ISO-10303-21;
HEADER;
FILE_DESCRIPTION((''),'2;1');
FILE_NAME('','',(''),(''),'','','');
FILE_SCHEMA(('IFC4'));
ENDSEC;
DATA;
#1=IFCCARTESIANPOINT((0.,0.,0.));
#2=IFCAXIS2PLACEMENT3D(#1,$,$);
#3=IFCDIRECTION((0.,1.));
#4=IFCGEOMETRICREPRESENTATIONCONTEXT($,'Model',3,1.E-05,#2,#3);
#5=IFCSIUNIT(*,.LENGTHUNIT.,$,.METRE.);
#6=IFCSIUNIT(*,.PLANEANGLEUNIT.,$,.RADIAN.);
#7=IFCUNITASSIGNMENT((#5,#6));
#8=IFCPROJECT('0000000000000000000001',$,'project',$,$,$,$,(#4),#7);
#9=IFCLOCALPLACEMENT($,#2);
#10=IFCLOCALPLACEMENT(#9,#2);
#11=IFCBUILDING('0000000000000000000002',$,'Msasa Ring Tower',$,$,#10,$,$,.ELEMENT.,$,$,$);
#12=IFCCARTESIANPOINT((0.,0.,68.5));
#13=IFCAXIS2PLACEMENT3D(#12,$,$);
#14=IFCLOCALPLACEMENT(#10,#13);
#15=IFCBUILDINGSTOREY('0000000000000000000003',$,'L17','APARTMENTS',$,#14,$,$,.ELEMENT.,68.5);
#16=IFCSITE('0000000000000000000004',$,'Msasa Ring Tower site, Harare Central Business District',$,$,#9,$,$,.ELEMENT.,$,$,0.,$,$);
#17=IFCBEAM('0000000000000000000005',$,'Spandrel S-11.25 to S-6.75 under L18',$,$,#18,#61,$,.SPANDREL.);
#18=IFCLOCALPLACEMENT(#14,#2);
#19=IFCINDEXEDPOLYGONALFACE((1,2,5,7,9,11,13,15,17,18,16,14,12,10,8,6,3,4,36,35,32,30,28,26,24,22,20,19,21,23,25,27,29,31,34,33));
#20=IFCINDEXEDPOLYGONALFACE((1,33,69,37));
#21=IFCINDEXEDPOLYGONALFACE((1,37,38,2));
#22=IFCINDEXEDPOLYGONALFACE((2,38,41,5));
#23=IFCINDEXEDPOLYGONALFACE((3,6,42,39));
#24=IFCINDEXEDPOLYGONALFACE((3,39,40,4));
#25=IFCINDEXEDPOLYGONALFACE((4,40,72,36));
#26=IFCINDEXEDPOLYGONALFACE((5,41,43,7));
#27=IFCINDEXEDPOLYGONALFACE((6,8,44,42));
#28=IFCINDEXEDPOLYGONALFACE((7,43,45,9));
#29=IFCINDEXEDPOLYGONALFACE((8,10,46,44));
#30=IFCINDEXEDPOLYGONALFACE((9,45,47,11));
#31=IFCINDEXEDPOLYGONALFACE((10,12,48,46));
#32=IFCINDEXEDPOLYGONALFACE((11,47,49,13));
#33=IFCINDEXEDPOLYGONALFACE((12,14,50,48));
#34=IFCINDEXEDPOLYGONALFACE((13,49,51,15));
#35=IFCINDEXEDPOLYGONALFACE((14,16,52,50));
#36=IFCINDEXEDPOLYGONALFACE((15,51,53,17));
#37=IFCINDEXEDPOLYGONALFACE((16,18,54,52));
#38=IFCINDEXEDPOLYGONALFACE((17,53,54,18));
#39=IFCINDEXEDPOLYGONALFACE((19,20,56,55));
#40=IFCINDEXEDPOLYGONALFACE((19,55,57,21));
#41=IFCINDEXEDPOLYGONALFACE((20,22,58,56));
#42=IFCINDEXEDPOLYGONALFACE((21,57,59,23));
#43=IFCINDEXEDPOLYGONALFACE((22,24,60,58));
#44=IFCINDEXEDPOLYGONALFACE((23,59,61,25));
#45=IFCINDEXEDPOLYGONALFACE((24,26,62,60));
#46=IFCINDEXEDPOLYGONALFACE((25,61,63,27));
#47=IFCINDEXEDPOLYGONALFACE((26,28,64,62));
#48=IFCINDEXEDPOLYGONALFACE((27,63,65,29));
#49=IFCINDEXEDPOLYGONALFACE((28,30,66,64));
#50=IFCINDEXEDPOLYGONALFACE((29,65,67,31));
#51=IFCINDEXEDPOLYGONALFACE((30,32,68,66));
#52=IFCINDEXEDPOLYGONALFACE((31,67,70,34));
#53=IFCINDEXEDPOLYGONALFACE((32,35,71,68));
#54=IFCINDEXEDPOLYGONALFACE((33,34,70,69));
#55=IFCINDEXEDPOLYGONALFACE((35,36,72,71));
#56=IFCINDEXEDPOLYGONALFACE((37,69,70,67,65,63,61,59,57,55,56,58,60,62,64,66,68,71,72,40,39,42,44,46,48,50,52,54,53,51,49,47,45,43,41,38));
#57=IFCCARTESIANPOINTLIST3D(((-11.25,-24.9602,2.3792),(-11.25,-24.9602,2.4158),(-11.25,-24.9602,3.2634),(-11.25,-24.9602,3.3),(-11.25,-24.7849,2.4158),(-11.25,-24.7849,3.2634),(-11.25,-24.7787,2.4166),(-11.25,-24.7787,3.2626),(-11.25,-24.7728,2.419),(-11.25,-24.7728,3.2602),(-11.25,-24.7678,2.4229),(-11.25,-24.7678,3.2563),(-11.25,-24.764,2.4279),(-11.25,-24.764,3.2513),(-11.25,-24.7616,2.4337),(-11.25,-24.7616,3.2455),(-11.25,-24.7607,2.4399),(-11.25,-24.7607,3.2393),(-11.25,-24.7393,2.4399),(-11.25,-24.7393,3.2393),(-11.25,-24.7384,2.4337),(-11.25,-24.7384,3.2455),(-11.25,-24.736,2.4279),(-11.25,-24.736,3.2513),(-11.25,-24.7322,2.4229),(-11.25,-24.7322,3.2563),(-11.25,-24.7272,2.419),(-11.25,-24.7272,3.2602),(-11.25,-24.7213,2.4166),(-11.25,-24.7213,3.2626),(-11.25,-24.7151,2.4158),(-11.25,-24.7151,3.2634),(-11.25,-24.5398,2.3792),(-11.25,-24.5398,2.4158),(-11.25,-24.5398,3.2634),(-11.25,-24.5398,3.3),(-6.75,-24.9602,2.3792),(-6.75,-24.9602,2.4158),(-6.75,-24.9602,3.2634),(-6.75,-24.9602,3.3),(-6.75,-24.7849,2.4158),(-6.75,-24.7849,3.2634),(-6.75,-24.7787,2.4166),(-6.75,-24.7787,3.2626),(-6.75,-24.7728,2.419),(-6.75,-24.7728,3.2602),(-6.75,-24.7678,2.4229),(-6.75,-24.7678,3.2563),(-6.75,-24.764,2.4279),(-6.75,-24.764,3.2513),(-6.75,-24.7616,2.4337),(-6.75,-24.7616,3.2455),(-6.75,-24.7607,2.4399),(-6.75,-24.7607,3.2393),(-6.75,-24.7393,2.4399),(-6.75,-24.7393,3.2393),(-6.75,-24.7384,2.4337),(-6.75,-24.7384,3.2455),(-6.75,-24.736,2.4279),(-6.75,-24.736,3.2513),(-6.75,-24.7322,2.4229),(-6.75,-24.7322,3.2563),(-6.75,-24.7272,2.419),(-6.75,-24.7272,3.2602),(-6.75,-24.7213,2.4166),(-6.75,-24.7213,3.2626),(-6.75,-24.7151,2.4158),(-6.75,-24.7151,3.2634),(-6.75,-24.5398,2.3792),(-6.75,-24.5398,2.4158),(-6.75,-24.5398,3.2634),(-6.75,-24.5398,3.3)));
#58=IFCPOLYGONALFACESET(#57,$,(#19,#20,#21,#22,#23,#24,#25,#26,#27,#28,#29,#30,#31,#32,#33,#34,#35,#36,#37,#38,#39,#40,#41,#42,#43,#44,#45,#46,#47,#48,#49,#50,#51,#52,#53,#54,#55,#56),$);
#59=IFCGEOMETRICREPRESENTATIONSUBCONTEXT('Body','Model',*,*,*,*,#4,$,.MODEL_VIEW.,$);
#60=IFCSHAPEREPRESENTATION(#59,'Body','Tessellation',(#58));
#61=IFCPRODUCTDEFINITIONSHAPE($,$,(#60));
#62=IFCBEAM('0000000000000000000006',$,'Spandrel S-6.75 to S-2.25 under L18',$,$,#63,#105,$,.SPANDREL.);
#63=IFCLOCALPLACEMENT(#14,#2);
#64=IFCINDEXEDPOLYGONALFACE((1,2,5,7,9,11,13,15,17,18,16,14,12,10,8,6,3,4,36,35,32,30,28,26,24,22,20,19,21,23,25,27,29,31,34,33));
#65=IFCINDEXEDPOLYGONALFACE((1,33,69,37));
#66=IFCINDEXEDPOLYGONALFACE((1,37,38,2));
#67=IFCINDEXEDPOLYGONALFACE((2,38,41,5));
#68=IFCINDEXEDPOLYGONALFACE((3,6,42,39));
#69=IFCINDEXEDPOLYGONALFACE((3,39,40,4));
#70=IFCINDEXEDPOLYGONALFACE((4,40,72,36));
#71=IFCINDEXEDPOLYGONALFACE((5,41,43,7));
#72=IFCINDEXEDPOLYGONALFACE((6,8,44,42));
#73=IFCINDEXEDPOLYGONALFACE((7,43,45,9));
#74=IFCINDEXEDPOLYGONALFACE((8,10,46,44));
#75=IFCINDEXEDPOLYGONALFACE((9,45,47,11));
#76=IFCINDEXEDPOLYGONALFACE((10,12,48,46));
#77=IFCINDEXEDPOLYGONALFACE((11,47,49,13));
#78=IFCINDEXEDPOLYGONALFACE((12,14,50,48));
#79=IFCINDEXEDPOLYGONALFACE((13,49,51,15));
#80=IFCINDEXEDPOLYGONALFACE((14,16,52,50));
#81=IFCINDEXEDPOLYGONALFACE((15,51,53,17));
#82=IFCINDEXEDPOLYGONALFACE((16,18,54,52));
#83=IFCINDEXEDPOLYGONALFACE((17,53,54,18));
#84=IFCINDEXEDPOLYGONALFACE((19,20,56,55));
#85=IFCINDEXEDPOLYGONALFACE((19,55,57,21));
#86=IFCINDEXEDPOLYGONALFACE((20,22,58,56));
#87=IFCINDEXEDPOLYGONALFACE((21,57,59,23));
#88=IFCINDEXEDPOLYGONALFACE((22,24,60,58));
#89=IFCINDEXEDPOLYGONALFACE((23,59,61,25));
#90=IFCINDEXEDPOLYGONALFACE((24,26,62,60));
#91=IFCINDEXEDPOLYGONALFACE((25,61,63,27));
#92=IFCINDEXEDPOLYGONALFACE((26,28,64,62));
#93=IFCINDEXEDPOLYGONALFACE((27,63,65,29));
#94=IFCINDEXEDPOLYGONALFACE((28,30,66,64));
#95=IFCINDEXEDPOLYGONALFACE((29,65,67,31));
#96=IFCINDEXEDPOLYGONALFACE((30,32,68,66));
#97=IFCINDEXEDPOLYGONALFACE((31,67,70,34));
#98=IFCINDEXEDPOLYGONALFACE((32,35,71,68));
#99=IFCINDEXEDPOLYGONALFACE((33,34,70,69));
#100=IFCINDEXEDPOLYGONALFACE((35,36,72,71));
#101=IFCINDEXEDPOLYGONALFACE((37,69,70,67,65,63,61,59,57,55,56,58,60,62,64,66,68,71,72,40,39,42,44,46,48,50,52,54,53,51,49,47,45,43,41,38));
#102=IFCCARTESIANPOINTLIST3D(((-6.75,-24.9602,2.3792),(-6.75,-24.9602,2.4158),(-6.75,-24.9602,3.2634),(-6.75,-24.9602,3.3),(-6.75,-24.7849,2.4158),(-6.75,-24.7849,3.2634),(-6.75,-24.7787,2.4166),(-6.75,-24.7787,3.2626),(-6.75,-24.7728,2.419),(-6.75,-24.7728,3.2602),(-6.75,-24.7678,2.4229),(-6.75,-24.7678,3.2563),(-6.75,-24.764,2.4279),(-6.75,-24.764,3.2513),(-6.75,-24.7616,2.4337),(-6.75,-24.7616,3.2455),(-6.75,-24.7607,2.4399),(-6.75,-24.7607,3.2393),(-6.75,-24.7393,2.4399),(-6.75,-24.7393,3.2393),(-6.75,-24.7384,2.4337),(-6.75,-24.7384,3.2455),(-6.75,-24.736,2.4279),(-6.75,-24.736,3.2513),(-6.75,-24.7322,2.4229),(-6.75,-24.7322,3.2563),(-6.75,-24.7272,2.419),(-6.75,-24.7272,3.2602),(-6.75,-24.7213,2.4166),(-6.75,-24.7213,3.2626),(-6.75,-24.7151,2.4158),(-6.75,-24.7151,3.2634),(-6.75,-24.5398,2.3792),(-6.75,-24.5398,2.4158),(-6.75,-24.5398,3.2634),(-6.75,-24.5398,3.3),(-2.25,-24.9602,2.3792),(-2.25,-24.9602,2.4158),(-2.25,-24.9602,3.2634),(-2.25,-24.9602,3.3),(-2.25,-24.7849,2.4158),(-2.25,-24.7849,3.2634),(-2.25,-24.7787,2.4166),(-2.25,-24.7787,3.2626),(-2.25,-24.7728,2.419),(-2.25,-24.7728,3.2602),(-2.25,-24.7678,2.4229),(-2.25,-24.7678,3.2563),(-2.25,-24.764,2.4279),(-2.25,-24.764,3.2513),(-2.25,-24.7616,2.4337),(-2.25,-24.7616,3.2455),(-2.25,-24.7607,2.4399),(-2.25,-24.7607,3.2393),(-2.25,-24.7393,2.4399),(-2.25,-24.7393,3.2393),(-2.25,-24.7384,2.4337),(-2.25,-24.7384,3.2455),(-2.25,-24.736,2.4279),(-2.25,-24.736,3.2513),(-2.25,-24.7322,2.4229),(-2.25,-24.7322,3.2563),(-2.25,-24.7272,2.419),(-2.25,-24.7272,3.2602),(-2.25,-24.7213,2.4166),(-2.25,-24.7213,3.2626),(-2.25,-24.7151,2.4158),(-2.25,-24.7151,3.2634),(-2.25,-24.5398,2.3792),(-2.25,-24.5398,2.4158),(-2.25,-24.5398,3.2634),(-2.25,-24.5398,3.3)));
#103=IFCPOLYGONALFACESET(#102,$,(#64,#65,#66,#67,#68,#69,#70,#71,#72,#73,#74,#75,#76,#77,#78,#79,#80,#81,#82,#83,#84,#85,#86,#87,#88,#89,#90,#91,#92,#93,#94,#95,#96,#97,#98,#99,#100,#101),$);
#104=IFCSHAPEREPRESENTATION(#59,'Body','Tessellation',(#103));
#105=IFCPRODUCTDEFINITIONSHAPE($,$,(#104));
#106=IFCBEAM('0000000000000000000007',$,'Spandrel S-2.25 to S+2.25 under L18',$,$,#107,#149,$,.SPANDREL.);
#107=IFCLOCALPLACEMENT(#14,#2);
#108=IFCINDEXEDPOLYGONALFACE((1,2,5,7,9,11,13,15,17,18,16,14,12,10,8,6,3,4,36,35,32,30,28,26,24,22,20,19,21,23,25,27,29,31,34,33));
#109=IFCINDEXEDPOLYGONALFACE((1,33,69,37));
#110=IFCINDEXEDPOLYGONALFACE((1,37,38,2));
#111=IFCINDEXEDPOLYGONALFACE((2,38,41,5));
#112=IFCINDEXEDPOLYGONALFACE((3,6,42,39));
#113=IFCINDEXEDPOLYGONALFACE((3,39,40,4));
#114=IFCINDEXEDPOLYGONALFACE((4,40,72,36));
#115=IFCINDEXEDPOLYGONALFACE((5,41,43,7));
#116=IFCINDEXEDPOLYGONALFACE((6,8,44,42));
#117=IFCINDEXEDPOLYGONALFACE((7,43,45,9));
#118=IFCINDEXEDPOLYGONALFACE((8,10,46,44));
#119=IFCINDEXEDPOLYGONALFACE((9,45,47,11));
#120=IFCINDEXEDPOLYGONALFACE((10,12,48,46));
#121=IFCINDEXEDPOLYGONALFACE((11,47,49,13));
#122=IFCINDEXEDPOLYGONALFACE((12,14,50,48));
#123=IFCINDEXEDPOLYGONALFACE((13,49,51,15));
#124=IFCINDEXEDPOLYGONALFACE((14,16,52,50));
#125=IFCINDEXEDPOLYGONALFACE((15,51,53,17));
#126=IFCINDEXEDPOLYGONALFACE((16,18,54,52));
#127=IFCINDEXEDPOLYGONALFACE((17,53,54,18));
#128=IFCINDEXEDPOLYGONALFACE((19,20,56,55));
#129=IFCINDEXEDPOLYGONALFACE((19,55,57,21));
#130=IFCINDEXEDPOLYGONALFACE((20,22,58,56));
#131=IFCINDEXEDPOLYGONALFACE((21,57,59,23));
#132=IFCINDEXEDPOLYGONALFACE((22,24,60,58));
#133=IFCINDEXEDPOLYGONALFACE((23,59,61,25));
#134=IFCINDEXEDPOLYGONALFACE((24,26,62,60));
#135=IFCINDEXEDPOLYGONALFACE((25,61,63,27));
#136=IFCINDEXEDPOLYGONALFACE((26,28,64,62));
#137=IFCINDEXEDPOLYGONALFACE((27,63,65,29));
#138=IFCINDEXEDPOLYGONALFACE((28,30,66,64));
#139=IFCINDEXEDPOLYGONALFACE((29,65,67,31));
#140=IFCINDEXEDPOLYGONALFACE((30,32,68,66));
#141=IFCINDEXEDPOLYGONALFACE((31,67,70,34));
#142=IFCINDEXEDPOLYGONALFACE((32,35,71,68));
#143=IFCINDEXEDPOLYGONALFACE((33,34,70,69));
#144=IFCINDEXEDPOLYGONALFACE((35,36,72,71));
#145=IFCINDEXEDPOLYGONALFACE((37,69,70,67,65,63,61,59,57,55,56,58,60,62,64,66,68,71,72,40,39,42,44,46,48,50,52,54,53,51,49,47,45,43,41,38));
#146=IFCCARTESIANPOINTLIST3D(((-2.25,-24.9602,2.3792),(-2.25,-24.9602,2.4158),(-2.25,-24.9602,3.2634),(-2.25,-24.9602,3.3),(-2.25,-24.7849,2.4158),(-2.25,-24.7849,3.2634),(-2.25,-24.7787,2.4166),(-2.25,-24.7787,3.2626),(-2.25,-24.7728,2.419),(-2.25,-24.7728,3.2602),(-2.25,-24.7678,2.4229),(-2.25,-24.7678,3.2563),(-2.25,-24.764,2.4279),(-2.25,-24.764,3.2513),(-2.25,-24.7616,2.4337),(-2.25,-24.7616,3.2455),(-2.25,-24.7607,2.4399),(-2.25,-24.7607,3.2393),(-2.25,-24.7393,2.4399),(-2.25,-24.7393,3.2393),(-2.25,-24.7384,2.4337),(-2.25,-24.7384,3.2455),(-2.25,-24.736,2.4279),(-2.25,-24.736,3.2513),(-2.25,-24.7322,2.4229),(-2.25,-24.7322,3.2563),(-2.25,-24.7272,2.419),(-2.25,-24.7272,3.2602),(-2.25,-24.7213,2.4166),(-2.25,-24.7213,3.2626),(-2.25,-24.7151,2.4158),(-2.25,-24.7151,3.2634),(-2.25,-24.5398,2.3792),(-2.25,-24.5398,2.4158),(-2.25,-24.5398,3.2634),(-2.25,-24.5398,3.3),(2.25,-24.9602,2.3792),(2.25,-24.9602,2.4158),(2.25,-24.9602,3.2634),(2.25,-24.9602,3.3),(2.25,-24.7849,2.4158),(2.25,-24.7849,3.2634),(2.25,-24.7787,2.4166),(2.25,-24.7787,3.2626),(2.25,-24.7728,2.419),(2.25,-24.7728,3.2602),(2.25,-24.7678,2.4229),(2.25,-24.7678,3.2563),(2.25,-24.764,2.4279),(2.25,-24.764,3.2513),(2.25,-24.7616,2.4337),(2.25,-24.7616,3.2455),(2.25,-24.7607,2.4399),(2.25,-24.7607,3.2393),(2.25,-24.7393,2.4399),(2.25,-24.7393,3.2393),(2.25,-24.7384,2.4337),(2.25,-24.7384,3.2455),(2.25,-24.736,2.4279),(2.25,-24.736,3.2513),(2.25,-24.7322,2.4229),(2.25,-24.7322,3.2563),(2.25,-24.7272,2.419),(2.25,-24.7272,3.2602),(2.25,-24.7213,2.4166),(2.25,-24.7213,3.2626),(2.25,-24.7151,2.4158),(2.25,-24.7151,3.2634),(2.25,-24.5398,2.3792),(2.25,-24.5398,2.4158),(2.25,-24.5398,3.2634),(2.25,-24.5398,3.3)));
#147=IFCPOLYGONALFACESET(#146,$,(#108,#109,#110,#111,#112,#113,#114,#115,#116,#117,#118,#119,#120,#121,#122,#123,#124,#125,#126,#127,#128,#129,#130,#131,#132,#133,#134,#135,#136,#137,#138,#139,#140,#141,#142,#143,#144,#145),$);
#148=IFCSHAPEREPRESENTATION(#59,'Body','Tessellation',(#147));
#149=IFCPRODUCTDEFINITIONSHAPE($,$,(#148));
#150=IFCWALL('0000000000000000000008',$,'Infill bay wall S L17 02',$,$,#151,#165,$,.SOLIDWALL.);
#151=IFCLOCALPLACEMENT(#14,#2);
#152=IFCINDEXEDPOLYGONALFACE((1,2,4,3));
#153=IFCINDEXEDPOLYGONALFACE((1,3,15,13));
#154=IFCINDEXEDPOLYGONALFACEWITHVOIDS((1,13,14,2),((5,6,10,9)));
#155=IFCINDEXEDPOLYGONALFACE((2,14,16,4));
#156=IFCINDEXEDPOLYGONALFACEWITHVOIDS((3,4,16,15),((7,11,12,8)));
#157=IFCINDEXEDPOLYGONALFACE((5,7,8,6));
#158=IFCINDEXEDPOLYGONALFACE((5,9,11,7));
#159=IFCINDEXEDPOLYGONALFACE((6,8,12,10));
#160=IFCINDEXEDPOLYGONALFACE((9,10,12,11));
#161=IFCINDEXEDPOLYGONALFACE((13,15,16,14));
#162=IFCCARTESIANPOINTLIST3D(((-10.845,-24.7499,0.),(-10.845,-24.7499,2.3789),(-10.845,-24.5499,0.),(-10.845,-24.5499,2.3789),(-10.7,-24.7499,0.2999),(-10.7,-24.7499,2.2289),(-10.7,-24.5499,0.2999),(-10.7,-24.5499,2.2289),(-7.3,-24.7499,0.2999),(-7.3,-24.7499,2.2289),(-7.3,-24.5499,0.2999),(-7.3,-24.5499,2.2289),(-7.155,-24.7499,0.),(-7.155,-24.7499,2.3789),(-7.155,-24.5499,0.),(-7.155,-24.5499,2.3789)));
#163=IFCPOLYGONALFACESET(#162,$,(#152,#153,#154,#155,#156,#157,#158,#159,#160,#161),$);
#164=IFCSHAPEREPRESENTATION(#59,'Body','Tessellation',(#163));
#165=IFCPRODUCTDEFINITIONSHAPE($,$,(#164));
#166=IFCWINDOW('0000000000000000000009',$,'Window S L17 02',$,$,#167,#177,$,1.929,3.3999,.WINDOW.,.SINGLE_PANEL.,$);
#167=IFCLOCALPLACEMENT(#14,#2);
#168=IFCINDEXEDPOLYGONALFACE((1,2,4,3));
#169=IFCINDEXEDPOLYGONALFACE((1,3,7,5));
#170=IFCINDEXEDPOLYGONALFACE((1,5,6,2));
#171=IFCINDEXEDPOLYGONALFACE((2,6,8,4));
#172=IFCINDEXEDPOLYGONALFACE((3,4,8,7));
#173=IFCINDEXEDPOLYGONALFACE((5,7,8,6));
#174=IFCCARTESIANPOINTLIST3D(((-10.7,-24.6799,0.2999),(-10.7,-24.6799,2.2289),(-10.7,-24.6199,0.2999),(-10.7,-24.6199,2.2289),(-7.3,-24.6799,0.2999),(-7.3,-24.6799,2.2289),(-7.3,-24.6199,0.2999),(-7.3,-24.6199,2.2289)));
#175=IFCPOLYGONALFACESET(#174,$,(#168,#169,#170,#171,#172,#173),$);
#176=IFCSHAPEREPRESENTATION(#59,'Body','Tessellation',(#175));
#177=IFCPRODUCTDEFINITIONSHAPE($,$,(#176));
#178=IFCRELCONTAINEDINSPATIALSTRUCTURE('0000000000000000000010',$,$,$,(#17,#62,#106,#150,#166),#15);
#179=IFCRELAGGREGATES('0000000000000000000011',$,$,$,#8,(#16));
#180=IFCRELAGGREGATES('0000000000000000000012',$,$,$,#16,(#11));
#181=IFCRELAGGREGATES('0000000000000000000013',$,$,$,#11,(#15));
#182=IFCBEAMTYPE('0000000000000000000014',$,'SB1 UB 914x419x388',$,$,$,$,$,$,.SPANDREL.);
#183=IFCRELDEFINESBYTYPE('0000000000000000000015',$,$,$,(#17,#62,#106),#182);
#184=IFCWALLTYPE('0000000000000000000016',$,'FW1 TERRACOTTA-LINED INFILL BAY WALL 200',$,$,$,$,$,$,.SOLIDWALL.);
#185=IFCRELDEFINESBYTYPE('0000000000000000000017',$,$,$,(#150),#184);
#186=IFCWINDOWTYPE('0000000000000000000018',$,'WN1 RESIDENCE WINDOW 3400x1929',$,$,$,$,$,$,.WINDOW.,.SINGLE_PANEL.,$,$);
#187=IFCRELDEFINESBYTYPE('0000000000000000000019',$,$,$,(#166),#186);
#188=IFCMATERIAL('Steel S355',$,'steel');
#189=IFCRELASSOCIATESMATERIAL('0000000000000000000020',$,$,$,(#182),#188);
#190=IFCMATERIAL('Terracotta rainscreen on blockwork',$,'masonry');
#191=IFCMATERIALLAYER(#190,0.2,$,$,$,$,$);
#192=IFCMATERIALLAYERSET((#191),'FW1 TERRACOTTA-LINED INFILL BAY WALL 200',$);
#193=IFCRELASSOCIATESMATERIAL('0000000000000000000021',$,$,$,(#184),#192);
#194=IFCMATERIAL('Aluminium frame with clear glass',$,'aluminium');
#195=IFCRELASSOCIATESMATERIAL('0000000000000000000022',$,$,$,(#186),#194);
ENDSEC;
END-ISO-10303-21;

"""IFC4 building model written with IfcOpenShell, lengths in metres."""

from ifc_helpers import new_model, si_unit, direction, frame, frame_2d, origin, origin_2d, place, context, subcontext, project, spatial, rectangle, i_section, extrude, material, layer, layer_set, material_profile, profile_set, type_object, element, fill, save


model = new_model("IFC4")

# Units and contexts
model_context = context("Model", 3, precision=1e-05, world=origin(), true_north=direction((0.0, 1.0)))
body_context = subcontext(model_context, "Body", "Model", "MODEL_VIEW")
ifc_project = project(units=[si_unit("LENGTHUNIT", "METRE"), si_unit("PLANEANGLEUNIT", "RADIAN")], contexts=[model_context])

# Site, building, storey
site_placement = place(None, origin())
site = spatial("IfcSite", under=ifc_project, at=site_placement, Name="Msasa Ring Tower site, Harare Central Business District", CompositionType="ELEMENT", RefElevation=0.0)
building_placement = place(site_placement, origin())
building = spatial("IfcBuilding", under=site, at=building_placement, Name="Msasa Ring Tower", CompositionType="ELEMENT")
storey_placement = place(building_placement, frame((0.0, 0.0, 68.5)))
storey = spatial("IfcBuildingStorey", under=building, at=storey_placement, Name="L17", Description="APARTMENTS", CompositionType="ELEMENT", Elevation=68.5)

# Beams
ifc_material_1 = material(Name="Steel S355", Category="steel")
ifc_material_profile_1 = material_profile(ifc_material_1, i_section(OverallWidth=0.4204, OverallDepth=0.9209, WebThickness=0.0215, FlangeThickness=0.0366, FilletRadius=0.0242, at=origin_2d()), Name="UB 914x419x388")
ifc_profile_set_1 = profile_set([ifc_material_profile_1], Name="Steel S355")
beam_type_1 = type_object("IfcBeamType", Name="SB1 UB 914x419x388", PredefinedType="SPANDREL", material=ifc_profile_set_1)
for number, where, z_axis, x_axis, name in (
    (1, (-11.25, -24.75, 2.8396), (1.0, 0.0, 0.0), (0.0, 1.0, 0.0), "Spandrel S-11.25 to S-6.75 under L18"),
    (2, (-6.75, -24.75, 2.8396), (1.0, 0.0, 0.0), (0.0, 1.0, 0.0), "Spandrel S-6.75 to S-2.25 under L18"),
    (3, (-2.25, -24.75, 2.8396), (1.0, 0.0, 0.0), (0.0, 1.0, 0.0), "Spandrel S-2.25 to S+2.25 under L18"),
):
    element("IfcBeam", number, at=place(storey_placement, frame(where, z_axis=z_axis, x_axis=x_axis)), inside=storey, type_object=beam_type_1, Name=name, PredefinedType="SPANDREL", context=body_context, shape_type="SweptSolid", body=[
        extrude(i_section(OverallWidth=0.4204, OverallDepth=0.9209, WebThickness=0.0215, FlangeThickness=0.0366, FilletRadius=0.0242, at=origin_2d()), origin(), (0.0, 0.0, 1.0), 4.5),
    ])

# Wall, opening, window
ifc_material_2 = material(Name="Terracotta rainscreen on blockwork", Category="masonry")
ifc_layer_1 = layer(ifc_material_2, 0.2)
ifc_layer_set_1 = layer_set([ifc_layer_1], Name="FW1 TERRACOTTA-LINED INFILL BAY WALL 200")
wall_type_1 = type_object("IfcWallType", Name="FW1 TERRACOTTA-LINED INFILL BAY WALL 200", PredefinedType="SOLIDWALL", material=ifc_layer_set_1)
wall_1_placement = place(storey_placement, frame((-10.845, -24.6499, 0.0), z_axis=(0.0, 0.0, 1.0), x_axis=(1.0, 0.0, 0.0)))
wall_1 = element("IfcWall", 4, at=wall_1_placement, inside=storey, type_object=wall_type_1, Name="Infill bay wall S L17 02", PredefinedType="SOLIDWALL", context=body_context, shape_type="SweptSolid", body=[
    extrude(rectangle(XDim=3.6899, YDim=0.2, at=frame_2d((1.845, 0.0))), origin(), (0.0, 0.0, 1.0), 2.3789),
])
opening_1_placement = place(wall_1_placement, frame((0.145, 0.0, 0.3)))
opening_1 = element("IfcOpeningElement", 5, at=opening_1_placement, cuts=wall_1, PredefinedType="OPENING", context=body_context, shape_type="SweptSolid", body=[
    extrude(rectangle(XDim=3.3999, YDim=1.929, at=frame_2d((1.7, 0.9644))), frame((0.0, 0.1099, 0.0), z_axis=(0.0, -1.0, 0.0), x_axis=(1.0, 0.0, 0.0)), (0.0, 0.0, 1.0), 0.22),
])
ifc_material_3 = material(Name="Aluminium frame with clear glass", Category="aluminium")
window_type = type_object("IfcWindowType", Name="WN1 RESIDENCE WINDOW 3400x1929", PartitioningType="SINGLE_PANEL", PredefinedType="WINDOW", material=ifc_material_3)
window_1_placement = place(opening_1_placement, origin())
window_1 = element("IfcWindow", 6, at=window_1_placement, inside=storey, type_object=window_type, Name="Window S L17 02", OverallHeight=1.929, OverallWidth=3.3999, PartitioningType="SINGLE_PANEL", PredefinedType="WINDOW", context=body_context, shape_type="SweptSolid", body=[
    extrude(rectangle(XDim=3.3999, YDim=1.929, at=frame_2d((1.7, 0.9644))), frame((0.0, 0.03, 0.0), z_axis=(0.0, -1.0, 0.0), x_axis=(1.0, 0.0, 0.0)), (0.0, 0.0, 1.0), 0.0601),
])
fill(opening_1, window_1)

save(model, "model.ifc")
